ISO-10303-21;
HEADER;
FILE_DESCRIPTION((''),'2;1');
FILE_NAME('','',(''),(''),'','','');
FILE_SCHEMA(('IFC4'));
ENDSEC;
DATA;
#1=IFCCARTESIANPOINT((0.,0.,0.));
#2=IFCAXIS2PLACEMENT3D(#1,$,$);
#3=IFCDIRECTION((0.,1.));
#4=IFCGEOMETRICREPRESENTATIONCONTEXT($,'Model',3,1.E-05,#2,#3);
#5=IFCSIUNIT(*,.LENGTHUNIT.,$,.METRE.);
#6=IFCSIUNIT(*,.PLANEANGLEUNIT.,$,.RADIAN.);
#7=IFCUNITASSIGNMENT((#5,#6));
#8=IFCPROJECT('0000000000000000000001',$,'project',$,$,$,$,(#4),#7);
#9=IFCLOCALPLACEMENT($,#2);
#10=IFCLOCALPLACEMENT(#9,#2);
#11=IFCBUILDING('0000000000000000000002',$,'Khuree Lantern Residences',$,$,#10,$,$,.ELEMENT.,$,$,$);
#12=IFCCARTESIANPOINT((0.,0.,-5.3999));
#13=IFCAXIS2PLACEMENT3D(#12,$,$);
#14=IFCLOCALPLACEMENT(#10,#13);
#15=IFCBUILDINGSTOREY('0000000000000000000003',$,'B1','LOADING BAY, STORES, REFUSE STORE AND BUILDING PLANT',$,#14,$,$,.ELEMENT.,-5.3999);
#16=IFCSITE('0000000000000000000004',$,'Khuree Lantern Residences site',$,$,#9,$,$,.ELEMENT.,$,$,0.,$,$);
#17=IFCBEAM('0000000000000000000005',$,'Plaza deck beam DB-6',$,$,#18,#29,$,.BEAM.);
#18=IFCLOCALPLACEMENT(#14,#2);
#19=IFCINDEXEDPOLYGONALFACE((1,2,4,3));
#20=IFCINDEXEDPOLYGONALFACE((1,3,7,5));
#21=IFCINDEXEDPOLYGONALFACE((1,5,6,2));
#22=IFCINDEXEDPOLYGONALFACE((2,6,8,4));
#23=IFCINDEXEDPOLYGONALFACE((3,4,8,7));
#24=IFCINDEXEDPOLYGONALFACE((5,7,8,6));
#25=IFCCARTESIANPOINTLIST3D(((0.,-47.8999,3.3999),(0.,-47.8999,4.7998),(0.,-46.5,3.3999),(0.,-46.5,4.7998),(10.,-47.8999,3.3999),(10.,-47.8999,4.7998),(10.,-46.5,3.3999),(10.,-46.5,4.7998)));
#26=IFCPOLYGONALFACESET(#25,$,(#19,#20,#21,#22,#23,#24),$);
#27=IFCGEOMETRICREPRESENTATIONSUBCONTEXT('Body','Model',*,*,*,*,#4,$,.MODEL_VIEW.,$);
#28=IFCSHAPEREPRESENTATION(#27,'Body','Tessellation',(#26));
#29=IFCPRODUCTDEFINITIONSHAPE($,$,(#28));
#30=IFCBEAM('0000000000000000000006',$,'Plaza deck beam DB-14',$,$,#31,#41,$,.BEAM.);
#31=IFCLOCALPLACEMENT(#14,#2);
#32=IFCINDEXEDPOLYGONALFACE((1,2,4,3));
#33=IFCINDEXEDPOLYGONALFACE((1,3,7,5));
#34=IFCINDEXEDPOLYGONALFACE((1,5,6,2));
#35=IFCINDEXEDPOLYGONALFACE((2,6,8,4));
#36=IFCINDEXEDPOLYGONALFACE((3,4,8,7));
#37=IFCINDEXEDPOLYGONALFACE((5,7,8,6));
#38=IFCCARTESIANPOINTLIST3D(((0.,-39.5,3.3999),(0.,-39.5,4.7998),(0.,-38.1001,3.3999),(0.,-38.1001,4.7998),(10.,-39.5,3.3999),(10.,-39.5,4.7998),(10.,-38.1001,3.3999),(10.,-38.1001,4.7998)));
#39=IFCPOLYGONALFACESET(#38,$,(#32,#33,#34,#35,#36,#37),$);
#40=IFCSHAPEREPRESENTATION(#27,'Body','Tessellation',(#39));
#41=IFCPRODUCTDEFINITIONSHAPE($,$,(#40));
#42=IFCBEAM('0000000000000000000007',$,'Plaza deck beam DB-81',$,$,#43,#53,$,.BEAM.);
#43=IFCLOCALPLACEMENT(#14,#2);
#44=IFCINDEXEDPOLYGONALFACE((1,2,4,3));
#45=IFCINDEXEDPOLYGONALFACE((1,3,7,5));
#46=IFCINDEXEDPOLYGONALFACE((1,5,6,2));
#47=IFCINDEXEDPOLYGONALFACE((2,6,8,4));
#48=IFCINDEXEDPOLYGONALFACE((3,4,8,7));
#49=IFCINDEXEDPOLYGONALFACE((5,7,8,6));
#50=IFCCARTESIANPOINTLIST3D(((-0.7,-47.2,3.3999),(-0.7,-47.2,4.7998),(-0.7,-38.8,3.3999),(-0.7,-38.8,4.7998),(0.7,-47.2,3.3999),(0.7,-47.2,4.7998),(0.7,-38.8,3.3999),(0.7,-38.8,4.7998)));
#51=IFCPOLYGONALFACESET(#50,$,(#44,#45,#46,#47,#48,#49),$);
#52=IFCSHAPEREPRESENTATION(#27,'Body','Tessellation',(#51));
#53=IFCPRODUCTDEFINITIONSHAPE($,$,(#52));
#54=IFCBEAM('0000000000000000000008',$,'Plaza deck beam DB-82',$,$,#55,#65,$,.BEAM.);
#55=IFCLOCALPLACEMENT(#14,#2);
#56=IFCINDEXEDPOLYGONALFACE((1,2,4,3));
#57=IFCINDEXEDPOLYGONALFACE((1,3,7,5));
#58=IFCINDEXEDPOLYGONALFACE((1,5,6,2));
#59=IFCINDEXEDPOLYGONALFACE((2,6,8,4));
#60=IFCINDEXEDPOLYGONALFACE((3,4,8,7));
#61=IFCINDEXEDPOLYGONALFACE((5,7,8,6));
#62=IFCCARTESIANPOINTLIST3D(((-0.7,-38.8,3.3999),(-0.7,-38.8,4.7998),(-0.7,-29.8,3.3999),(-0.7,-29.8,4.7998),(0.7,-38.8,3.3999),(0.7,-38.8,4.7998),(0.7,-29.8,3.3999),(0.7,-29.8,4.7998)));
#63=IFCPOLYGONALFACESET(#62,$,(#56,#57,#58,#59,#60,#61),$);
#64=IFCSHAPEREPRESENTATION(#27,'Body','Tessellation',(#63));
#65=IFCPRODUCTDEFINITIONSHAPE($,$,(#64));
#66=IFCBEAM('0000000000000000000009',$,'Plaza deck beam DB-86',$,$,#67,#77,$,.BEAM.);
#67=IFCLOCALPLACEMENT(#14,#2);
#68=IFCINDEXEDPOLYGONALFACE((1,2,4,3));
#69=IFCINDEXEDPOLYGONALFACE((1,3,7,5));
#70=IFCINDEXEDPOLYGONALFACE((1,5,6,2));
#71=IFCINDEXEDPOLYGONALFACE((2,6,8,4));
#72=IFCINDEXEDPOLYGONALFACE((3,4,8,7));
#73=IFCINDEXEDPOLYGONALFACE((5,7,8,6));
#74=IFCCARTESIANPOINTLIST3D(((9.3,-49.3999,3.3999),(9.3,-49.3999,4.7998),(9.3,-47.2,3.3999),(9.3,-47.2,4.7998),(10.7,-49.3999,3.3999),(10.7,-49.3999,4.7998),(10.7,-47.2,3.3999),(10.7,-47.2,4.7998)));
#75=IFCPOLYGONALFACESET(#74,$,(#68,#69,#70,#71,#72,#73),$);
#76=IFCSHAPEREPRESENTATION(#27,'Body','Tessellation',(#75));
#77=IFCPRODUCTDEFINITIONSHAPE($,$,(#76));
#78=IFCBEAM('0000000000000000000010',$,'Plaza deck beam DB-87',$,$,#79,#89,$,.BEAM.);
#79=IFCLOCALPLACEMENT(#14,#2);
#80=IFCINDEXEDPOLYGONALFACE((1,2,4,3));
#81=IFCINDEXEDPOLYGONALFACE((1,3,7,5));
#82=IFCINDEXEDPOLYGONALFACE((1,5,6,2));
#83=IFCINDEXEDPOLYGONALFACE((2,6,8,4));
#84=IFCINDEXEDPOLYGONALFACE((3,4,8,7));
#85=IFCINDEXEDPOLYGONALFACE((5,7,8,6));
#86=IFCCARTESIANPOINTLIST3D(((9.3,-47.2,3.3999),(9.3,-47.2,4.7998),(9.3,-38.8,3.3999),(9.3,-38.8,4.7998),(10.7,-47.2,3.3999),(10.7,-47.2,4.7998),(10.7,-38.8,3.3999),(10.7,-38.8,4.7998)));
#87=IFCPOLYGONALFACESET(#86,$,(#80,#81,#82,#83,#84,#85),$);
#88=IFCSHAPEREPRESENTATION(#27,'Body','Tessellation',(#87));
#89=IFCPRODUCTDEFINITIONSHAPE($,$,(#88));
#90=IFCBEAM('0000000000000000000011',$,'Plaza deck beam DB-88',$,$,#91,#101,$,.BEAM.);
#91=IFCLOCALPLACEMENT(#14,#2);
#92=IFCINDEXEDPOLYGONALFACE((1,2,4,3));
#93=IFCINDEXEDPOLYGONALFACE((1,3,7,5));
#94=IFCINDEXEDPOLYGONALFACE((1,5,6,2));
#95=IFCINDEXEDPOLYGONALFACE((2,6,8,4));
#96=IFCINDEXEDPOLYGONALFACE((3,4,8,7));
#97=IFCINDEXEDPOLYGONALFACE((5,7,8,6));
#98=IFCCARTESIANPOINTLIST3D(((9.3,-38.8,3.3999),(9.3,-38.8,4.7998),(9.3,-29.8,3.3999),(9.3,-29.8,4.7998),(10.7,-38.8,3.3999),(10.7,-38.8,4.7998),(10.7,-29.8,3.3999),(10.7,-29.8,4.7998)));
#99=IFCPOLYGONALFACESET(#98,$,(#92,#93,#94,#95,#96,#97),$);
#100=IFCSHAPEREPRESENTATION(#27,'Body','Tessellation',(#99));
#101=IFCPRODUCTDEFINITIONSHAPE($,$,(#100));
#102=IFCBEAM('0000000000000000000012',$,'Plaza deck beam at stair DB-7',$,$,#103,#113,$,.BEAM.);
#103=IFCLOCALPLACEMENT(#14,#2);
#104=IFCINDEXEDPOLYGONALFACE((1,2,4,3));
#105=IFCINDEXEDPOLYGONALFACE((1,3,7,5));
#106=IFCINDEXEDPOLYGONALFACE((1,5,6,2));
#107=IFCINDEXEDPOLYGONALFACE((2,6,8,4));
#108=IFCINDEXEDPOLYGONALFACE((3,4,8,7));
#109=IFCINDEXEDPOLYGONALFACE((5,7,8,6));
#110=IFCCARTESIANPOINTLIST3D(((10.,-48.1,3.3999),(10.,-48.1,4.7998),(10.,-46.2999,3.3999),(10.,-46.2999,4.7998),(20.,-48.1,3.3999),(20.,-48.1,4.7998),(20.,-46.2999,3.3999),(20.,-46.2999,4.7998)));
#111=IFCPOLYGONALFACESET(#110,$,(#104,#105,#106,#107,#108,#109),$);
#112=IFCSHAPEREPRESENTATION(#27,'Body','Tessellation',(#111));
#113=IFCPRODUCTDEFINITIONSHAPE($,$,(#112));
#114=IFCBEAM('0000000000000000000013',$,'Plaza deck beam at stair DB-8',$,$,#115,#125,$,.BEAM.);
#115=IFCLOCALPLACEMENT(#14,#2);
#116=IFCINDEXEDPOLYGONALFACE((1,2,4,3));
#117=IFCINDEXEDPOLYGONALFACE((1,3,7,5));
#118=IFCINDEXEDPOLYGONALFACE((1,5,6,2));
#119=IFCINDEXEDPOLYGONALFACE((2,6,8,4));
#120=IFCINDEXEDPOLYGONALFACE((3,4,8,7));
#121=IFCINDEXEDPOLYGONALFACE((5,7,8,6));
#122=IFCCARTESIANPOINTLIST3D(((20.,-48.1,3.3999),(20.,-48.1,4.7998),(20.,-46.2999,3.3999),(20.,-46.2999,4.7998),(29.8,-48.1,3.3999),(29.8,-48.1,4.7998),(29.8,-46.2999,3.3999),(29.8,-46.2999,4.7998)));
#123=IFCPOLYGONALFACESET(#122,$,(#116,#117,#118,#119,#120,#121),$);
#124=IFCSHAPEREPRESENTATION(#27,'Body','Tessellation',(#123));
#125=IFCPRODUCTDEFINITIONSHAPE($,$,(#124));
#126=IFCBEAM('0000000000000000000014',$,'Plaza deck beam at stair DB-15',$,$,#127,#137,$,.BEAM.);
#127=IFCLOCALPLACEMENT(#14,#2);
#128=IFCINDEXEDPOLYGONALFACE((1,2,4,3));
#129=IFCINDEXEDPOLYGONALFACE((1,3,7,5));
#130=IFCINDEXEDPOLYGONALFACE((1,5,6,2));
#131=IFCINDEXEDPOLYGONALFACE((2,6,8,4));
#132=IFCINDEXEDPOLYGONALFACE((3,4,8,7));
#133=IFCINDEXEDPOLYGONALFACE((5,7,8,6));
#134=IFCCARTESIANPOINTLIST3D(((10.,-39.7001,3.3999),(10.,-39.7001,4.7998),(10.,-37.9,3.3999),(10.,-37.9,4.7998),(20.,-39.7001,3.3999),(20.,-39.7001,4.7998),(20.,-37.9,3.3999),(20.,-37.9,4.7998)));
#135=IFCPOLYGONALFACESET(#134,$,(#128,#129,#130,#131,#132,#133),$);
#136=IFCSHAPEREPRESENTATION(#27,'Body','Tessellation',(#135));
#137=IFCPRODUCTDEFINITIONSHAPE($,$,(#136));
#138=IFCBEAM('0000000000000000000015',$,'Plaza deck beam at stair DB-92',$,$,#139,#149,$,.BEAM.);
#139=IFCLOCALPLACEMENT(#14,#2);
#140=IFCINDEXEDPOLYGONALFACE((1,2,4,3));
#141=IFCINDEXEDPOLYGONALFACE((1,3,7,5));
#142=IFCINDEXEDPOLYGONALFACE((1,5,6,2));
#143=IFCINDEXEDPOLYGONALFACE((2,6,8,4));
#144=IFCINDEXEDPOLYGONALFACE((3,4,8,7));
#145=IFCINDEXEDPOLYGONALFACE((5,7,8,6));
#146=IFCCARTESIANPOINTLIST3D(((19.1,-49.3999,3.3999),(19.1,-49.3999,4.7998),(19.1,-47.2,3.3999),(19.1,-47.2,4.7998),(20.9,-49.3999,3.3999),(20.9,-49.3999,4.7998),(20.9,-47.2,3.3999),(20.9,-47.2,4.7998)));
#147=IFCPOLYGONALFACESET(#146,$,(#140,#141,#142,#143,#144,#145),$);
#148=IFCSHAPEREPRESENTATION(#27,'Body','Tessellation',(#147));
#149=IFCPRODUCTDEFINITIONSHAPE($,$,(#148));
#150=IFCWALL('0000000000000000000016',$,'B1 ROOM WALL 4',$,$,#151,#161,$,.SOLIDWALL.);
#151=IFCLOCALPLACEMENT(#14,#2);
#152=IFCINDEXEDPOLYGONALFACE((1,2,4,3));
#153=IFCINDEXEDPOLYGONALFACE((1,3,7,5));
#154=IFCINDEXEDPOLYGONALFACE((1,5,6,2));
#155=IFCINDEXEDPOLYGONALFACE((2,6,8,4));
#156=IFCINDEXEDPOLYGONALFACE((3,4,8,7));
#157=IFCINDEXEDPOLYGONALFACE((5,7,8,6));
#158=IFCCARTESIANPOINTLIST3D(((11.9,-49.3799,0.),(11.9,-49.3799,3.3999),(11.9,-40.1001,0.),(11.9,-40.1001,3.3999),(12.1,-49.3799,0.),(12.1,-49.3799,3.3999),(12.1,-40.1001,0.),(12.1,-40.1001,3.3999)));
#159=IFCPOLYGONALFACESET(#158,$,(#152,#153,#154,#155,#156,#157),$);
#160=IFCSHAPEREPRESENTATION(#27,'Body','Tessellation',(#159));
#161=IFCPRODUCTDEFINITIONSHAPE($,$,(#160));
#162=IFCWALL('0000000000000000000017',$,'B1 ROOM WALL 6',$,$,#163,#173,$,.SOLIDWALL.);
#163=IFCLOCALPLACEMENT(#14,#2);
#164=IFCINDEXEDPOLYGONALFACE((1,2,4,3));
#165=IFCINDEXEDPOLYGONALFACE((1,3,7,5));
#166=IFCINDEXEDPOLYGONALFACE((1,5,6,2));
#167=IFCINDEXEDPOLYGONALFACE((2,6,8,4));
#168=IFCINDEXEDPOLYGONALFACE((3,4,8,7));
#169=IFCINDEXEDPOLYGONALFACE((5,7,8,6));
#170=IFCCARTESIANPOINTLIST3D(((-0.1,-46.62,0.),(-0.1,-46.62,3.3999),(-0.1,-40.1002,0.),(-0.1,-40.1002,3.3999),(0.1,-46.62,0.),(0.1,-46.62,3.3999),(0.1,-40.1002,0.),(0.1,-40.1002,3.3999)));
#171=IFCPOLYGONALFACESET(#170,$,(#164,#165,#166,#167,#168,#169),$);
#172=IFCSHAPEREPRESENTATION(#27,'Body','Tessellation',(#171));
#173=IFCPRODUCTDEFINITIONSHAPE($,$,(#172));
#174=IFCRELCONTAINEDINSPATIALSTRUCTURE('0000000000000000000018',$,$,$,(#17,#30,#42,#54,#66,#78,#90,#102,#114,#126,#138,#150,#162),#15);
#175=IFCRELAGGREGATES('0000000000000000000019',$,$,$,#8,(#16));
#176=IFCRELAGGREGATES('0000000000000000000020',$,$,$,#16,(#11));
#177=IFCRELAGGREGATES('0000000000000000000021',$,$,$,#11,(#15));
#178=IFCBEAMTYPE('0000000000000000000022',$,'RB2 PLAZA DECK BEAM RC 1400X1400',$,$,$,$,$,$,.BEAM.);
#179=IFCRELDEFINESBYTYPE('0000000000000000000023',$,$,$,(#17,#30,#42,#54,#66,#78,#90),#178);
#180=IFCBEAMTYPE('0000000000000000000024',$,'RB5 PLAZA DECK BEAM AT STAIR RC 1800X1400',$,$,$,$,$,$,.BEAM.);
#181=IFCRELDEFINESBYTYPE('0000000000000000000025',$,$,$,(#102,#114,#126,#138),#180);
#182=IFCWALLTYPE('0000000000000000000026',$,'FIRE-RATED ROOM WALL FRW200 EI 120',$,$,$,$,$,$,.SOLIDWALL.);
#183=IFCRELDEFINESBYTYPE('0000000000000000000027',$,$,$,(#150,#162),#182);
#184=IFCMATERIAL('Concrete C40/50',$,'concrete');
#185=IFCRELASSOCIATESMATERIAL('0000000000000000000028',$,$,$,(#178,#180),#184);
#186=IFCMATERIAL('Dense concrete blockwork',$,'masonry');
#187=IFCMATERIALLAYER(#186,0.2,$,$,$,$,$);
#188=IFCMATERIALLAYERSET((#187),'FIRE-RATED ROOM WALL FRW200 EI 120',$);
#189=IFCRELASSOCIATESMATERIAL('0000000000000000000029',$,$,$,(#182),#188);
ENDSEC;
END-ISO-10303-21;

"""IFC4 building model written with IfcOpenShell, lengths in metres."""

from ifc_helpers import new_model, si_unit, direction, frame, frame_2d, origin, origin_2d, place, context, subcontext, project, spatial, rectangle, extrude, material, layer, layer_set, material_profile, profile_set, type_object, element, save


model = new_model("IFC4")

# Units and contexts
model_context = context("Model", 3, precision=1e-05, world=origin(), true_north=direction((0.0, 1.0)))
body_context = subcontext(model_context, "Body", "Model", "MODEL_VIEW")
ifc_project = project(units=[si_unit("LENGTHUNIT", "METRE"), si_unit("PLANEANGLEUNIT", "RADIAN")], contexts=[model_context])

# Site, building, storey
site_placement = place(None, origin())
site = spatial("IfcSite", under=ifc_project, at=site_placement, Name="Khuree Lantern Residences site", CompositionType="ELEMENT", RefElevation=0.0)
building_placement = place(site_placement, origin())
building = spatial("IfcBuilding", under=site, at=building_placement, Name="Khuree Lantern Residences", CompositionType="ELEMENT")
storey_placement = place(building_placement, frame((0.0, 0.0, -5.3999)))
storey = spatial("IfcBuildingStorey", under=building, at=storey_placement, Name="B1", Description="LOADING BAY, STORES, REFUSE STORE AND BUILDING PLANT", CompositionType="ELEMENT", Elevation=-5.3999)

# Beams
ifc_material_1 = material(Name="Concrete C40/50", Category="concrete")
ifc_material_profile_1 = material_profile(ifc_material_1, rectangle(XDim=1.3999, YDim=1.3999, at=origin_2d()), Name="RC 1400X1400")
ifc_profile_set_1 = profile_set([ifc_material_profile_1], Name="Concrete C40/50")
beam_type_1 = type_object("IfcBeamType", Name="RB2 PLAZA DECK BEAM RC 1400X1400", PredefinedType="BEAM", material=ifc_profile_set_1)
for number, where, z_axis, x_axis, name in (
    (1, (0.0, -47.2, 4.0999), (1.0, 0.0, 0.0), (0.0, 1.0, 0.0), "Plaza deck beam DB-6"),
    (2, (0.0, -38.8, 4.0999), (1.0, 0.0, 0.0), (0.0, 1.0, 0.0), "Plaza deck beam DB-14"),
):
    element("IfcBeam", number, at=place(storey_placement, frame(where, z_axis=z_axis, x_axis=x_axis)), inside=storey, type_object=beam_type_1, Name=name, PredefinedType="BEAM", context=body_context, shape_type="SweptSolid", body=[
        extrude(rectangle(XDim=1.3999, YDim=1.3999, at=origin_2d()), origin(), (0.0, 0.0, 1.0), 10.0),
    ])
beam_1_placement = place(storey_placement, frame((0.0, -47.2, 4.0999), z_axis=(0.0, 1.0, 0.0), x_axis=(-1.0, 0.0, 0.0)))
element("IfcBeam", 3, at=beam_1_placement, inside=storey, type_object=beam_type_1, Name="Plaza deck beam DB-81", PredefinedType="BEAM", context=body_context, shape_type="SweptSolid", body=[
    extrude(rectangle(XDim=1.3999, YDim=1.3999, at=origin_2d()), origin(), (0.0, 0.0, 1.0), 8.3999),
])
beam_2_placement = place(storey_placement, frame((0.0, -38.8, 4.0999), z_axis=(0.0, 1.0, 0.0), x_axis=(-1.0, 0.0, 0.0)))
element("IfcBeam", 4, at=beam_2_placement, inside=storey, type_object=beam_type_1, Name="Plaza deck beam DB-82", PredefinedType="BEAM", context=body_context, shape_type="SweptSolid", body=[
    extrude(rectangle(XDim=1.3999, YDim=1.3999, at=origin_2d()), origin(), (0.0, 0.0, 1.0), 9.0),
])
beam_3_placement = place(storey_placement, frame((10.0, -49.3999, 4.0999), z_axis=(0.0, 1.0, 0.0), x_axis=(-1.0, 0.0, 0.0)))
element("IfcBeam", 5, at=beam_3_placement, inside=storey, type_object=beam_type_1, Name="Plaza deck beam DB-86", PredefinedType="BEAM", context=body_context, shape_type="SweptSolid", body=[
    extrude(rectangle(XDim=1.3999, YDim=1.3999, at=origin_2d()), origin(), (0.0, 0.0, 1.0), 2.2),
])
beam_4_placement = place(storey_placement, frame((10.0, -47.2, 4.0999), z_axis=(0.0, 1.0, 0.0), x_axis=(-1.0, 0.0, 0.0)))
element("IfcBeam", 6, at=beam_4_placement, inside=storey, type_object=beam_type_1, Name="Plaza deck beam DB-87", PredefinedType="BEAM", context=body_context, shape_type="SweptSolid", body=[
    extrude(rectangle(XDim=1.3999, YDim=1.3999, at=origin_2d()), origin(), (0.0, 0.0, 1.0), 8.3999),
])
beam_5_placement = place(storey_placement, frame((10.0, -38.8, 4.0999), z_axis=(0.0, 1.0, 0.0), x_axis=(-1.0, 0.0, 0.0)))
element("IfcBeam", 7, at=beam_5_placement, inside=storey, type_object=beam_type_1, Name="Plaza deck beam DB-88", PredefinedType="BEAM", context=body_context, shape_type="SweptSolid", body=[
    extrude(rectangle(XDim=1.3999, YDim=1.3999, at=origin_2d()), origin(), (0.0, 0.0, 1.0), 9.0),
])
ifc_material_profile_2 = material_profile(ifc_material_1, rectangle(XDim=1.8, YDim=1.3999, at=origin_2d()), Name="RC 1800X1400")
ifc_profile_set_2 = profile_set([ifc_material_profile_2], Name="Concrete C40/50")
beam_type_2 = type_object("IfcBeamType", Name="RB5 PLAZA DECK BEAM AT STAIR RC 1800X1400", PredefinedType="BEAM", material=ifc_profile_set_2)
beam_6_placement = place(storey_placement, frame((10.0, -47.2, 4.0999), z_axis=(1.0, 0.0, 0.0), x_axis=(0.0, 1.0, 0.0)))
element("IfcBeam", 8, at=beam_6_placement, inside=storey, type_object=beam_type_2, Name="Plaza deck beam at stair DB-7", PredefinedType="BEAM", context=body_context, shape_type="SweptSolid", body=[
    extrude(rectangle(XDim=1.8, YDim=1.3999, at=origin_2d()), origin(), (0.0, 0.0, 1.0), 10.0),
])
beam_7_placement = place(storey_placement, frame((20.0, -47.2, 4.0999), z_axis=(1.0, 0.0, 0.0), x_axis=(0.0, 1.0, 0.0)))
element("IfcBeam", 9, at=beam_7_placement, inside=storey, type_object=beam_type_2, Name="Plaza deck beam at stair DB-8", PredefinedType="BEAM", context=body_context, shape_type="SweptSolid", body=[
    extrude(rectangle(XDim=1.8, YDim=1.3999, at=origin_2d()), origin(), (0.0, 0.0, 1.0), 9.8),
])
beam_8_placement = place(storey_placement, frame((10.0, -38.8, 4.0999), z_axis=(1.0, 0.0, 0.0), x_axis=(0.0, 1.0, 0.0)))
element("IfcBeam", 10, at=beam_8_placement, inside=storey, type_object=beam_type_2, Name="Plaza deck beam at stair DB-15", PredefinedType="BEAM", context=body_context, shape_type="SweptSolid", body=[
    extrude(rectangle(XDim=1.8, YDim=1.3999, at=origin_2d()), origin(), (0.0, 0.0, 1.0), 10.0),
])
beam_9_placement = place(storey_placement, frame((20.0, -49.3999, 4.0999), z_axis=(0.0, 1.0, 0.0), x_axis=(-1.0, 0.0, 0.0)))
element("IfcBeam", 11, at=beam_9_placement, inside=storey, type_object=beam_type_2, Name="Plaza deck beam at stair DB-92", PredefinedType="BEAM", context=body_context, shape_type="SweptSolid", body=[
    extrude(rectangle(XDim=1.8, YDim=1.3999, at=origin_2d()), origin(), (0.0, 0.0, 1.0), 2.2),
])

# Walls
ifc_material_2 = material(Name="Dense concrete blockwork", Category="masonry")
ifc_layer = layer(ifc_material_2, 0.2)
ifc_layer_set = layer_set([ifc_layer], Name="FIRE-RATED ROOM WALL FRW200 EI 120")
wall_type = type_object("IfcWallType", Name="FIRE-RATED ROOM WALL FRW200 EI 120", PredefinedType="SOLIDWALL", material=ifc_layer_set)
wall_1_placement = place(storey_placement, frame((12.0, -49.3799, 0.0), z_axis=(0.0, 0.0, 1.0), x_axis=(0.0, 1.0, 0.0)))
element("IfcWall", 12, at=wall_1_placement, inside=storey, type_object=wall_type, Name="B1 ROOM WALL 4", PredefinedType="SOLIDWALL", context=body_context, shape_type="SweptSolid", body=[
    extrude(rectangle(XDim=9.2798, YDim=0.2, at=frame_2d((4.6399, 0.0))), origin(), (0.0, 0.0, 1.0), 3.3999),
])
wall_2_placement = place(storey_placement, frame((0.0, -46.6199, 0.0), z_axis=(0.0, 0.0, 1.0), x_axis=(0.0, 1.0, 0.0)))
element("IfcWall", 13, at=wall_2_placement, inside=storey, type_object=wall_type, Name="B1 ROOM WALL 6", PredefinedType="SOLIDWALL", context=body_context, shape_type="SweptSolid", body=[
    extrude(rectangle(XDim=6.5198, YDim=0.2, at=frame_2d((3.2598, 0.0))), origin(), (0.0, 0.0, 1.0), 3.3999),
])

save(model, "model.ifc")
